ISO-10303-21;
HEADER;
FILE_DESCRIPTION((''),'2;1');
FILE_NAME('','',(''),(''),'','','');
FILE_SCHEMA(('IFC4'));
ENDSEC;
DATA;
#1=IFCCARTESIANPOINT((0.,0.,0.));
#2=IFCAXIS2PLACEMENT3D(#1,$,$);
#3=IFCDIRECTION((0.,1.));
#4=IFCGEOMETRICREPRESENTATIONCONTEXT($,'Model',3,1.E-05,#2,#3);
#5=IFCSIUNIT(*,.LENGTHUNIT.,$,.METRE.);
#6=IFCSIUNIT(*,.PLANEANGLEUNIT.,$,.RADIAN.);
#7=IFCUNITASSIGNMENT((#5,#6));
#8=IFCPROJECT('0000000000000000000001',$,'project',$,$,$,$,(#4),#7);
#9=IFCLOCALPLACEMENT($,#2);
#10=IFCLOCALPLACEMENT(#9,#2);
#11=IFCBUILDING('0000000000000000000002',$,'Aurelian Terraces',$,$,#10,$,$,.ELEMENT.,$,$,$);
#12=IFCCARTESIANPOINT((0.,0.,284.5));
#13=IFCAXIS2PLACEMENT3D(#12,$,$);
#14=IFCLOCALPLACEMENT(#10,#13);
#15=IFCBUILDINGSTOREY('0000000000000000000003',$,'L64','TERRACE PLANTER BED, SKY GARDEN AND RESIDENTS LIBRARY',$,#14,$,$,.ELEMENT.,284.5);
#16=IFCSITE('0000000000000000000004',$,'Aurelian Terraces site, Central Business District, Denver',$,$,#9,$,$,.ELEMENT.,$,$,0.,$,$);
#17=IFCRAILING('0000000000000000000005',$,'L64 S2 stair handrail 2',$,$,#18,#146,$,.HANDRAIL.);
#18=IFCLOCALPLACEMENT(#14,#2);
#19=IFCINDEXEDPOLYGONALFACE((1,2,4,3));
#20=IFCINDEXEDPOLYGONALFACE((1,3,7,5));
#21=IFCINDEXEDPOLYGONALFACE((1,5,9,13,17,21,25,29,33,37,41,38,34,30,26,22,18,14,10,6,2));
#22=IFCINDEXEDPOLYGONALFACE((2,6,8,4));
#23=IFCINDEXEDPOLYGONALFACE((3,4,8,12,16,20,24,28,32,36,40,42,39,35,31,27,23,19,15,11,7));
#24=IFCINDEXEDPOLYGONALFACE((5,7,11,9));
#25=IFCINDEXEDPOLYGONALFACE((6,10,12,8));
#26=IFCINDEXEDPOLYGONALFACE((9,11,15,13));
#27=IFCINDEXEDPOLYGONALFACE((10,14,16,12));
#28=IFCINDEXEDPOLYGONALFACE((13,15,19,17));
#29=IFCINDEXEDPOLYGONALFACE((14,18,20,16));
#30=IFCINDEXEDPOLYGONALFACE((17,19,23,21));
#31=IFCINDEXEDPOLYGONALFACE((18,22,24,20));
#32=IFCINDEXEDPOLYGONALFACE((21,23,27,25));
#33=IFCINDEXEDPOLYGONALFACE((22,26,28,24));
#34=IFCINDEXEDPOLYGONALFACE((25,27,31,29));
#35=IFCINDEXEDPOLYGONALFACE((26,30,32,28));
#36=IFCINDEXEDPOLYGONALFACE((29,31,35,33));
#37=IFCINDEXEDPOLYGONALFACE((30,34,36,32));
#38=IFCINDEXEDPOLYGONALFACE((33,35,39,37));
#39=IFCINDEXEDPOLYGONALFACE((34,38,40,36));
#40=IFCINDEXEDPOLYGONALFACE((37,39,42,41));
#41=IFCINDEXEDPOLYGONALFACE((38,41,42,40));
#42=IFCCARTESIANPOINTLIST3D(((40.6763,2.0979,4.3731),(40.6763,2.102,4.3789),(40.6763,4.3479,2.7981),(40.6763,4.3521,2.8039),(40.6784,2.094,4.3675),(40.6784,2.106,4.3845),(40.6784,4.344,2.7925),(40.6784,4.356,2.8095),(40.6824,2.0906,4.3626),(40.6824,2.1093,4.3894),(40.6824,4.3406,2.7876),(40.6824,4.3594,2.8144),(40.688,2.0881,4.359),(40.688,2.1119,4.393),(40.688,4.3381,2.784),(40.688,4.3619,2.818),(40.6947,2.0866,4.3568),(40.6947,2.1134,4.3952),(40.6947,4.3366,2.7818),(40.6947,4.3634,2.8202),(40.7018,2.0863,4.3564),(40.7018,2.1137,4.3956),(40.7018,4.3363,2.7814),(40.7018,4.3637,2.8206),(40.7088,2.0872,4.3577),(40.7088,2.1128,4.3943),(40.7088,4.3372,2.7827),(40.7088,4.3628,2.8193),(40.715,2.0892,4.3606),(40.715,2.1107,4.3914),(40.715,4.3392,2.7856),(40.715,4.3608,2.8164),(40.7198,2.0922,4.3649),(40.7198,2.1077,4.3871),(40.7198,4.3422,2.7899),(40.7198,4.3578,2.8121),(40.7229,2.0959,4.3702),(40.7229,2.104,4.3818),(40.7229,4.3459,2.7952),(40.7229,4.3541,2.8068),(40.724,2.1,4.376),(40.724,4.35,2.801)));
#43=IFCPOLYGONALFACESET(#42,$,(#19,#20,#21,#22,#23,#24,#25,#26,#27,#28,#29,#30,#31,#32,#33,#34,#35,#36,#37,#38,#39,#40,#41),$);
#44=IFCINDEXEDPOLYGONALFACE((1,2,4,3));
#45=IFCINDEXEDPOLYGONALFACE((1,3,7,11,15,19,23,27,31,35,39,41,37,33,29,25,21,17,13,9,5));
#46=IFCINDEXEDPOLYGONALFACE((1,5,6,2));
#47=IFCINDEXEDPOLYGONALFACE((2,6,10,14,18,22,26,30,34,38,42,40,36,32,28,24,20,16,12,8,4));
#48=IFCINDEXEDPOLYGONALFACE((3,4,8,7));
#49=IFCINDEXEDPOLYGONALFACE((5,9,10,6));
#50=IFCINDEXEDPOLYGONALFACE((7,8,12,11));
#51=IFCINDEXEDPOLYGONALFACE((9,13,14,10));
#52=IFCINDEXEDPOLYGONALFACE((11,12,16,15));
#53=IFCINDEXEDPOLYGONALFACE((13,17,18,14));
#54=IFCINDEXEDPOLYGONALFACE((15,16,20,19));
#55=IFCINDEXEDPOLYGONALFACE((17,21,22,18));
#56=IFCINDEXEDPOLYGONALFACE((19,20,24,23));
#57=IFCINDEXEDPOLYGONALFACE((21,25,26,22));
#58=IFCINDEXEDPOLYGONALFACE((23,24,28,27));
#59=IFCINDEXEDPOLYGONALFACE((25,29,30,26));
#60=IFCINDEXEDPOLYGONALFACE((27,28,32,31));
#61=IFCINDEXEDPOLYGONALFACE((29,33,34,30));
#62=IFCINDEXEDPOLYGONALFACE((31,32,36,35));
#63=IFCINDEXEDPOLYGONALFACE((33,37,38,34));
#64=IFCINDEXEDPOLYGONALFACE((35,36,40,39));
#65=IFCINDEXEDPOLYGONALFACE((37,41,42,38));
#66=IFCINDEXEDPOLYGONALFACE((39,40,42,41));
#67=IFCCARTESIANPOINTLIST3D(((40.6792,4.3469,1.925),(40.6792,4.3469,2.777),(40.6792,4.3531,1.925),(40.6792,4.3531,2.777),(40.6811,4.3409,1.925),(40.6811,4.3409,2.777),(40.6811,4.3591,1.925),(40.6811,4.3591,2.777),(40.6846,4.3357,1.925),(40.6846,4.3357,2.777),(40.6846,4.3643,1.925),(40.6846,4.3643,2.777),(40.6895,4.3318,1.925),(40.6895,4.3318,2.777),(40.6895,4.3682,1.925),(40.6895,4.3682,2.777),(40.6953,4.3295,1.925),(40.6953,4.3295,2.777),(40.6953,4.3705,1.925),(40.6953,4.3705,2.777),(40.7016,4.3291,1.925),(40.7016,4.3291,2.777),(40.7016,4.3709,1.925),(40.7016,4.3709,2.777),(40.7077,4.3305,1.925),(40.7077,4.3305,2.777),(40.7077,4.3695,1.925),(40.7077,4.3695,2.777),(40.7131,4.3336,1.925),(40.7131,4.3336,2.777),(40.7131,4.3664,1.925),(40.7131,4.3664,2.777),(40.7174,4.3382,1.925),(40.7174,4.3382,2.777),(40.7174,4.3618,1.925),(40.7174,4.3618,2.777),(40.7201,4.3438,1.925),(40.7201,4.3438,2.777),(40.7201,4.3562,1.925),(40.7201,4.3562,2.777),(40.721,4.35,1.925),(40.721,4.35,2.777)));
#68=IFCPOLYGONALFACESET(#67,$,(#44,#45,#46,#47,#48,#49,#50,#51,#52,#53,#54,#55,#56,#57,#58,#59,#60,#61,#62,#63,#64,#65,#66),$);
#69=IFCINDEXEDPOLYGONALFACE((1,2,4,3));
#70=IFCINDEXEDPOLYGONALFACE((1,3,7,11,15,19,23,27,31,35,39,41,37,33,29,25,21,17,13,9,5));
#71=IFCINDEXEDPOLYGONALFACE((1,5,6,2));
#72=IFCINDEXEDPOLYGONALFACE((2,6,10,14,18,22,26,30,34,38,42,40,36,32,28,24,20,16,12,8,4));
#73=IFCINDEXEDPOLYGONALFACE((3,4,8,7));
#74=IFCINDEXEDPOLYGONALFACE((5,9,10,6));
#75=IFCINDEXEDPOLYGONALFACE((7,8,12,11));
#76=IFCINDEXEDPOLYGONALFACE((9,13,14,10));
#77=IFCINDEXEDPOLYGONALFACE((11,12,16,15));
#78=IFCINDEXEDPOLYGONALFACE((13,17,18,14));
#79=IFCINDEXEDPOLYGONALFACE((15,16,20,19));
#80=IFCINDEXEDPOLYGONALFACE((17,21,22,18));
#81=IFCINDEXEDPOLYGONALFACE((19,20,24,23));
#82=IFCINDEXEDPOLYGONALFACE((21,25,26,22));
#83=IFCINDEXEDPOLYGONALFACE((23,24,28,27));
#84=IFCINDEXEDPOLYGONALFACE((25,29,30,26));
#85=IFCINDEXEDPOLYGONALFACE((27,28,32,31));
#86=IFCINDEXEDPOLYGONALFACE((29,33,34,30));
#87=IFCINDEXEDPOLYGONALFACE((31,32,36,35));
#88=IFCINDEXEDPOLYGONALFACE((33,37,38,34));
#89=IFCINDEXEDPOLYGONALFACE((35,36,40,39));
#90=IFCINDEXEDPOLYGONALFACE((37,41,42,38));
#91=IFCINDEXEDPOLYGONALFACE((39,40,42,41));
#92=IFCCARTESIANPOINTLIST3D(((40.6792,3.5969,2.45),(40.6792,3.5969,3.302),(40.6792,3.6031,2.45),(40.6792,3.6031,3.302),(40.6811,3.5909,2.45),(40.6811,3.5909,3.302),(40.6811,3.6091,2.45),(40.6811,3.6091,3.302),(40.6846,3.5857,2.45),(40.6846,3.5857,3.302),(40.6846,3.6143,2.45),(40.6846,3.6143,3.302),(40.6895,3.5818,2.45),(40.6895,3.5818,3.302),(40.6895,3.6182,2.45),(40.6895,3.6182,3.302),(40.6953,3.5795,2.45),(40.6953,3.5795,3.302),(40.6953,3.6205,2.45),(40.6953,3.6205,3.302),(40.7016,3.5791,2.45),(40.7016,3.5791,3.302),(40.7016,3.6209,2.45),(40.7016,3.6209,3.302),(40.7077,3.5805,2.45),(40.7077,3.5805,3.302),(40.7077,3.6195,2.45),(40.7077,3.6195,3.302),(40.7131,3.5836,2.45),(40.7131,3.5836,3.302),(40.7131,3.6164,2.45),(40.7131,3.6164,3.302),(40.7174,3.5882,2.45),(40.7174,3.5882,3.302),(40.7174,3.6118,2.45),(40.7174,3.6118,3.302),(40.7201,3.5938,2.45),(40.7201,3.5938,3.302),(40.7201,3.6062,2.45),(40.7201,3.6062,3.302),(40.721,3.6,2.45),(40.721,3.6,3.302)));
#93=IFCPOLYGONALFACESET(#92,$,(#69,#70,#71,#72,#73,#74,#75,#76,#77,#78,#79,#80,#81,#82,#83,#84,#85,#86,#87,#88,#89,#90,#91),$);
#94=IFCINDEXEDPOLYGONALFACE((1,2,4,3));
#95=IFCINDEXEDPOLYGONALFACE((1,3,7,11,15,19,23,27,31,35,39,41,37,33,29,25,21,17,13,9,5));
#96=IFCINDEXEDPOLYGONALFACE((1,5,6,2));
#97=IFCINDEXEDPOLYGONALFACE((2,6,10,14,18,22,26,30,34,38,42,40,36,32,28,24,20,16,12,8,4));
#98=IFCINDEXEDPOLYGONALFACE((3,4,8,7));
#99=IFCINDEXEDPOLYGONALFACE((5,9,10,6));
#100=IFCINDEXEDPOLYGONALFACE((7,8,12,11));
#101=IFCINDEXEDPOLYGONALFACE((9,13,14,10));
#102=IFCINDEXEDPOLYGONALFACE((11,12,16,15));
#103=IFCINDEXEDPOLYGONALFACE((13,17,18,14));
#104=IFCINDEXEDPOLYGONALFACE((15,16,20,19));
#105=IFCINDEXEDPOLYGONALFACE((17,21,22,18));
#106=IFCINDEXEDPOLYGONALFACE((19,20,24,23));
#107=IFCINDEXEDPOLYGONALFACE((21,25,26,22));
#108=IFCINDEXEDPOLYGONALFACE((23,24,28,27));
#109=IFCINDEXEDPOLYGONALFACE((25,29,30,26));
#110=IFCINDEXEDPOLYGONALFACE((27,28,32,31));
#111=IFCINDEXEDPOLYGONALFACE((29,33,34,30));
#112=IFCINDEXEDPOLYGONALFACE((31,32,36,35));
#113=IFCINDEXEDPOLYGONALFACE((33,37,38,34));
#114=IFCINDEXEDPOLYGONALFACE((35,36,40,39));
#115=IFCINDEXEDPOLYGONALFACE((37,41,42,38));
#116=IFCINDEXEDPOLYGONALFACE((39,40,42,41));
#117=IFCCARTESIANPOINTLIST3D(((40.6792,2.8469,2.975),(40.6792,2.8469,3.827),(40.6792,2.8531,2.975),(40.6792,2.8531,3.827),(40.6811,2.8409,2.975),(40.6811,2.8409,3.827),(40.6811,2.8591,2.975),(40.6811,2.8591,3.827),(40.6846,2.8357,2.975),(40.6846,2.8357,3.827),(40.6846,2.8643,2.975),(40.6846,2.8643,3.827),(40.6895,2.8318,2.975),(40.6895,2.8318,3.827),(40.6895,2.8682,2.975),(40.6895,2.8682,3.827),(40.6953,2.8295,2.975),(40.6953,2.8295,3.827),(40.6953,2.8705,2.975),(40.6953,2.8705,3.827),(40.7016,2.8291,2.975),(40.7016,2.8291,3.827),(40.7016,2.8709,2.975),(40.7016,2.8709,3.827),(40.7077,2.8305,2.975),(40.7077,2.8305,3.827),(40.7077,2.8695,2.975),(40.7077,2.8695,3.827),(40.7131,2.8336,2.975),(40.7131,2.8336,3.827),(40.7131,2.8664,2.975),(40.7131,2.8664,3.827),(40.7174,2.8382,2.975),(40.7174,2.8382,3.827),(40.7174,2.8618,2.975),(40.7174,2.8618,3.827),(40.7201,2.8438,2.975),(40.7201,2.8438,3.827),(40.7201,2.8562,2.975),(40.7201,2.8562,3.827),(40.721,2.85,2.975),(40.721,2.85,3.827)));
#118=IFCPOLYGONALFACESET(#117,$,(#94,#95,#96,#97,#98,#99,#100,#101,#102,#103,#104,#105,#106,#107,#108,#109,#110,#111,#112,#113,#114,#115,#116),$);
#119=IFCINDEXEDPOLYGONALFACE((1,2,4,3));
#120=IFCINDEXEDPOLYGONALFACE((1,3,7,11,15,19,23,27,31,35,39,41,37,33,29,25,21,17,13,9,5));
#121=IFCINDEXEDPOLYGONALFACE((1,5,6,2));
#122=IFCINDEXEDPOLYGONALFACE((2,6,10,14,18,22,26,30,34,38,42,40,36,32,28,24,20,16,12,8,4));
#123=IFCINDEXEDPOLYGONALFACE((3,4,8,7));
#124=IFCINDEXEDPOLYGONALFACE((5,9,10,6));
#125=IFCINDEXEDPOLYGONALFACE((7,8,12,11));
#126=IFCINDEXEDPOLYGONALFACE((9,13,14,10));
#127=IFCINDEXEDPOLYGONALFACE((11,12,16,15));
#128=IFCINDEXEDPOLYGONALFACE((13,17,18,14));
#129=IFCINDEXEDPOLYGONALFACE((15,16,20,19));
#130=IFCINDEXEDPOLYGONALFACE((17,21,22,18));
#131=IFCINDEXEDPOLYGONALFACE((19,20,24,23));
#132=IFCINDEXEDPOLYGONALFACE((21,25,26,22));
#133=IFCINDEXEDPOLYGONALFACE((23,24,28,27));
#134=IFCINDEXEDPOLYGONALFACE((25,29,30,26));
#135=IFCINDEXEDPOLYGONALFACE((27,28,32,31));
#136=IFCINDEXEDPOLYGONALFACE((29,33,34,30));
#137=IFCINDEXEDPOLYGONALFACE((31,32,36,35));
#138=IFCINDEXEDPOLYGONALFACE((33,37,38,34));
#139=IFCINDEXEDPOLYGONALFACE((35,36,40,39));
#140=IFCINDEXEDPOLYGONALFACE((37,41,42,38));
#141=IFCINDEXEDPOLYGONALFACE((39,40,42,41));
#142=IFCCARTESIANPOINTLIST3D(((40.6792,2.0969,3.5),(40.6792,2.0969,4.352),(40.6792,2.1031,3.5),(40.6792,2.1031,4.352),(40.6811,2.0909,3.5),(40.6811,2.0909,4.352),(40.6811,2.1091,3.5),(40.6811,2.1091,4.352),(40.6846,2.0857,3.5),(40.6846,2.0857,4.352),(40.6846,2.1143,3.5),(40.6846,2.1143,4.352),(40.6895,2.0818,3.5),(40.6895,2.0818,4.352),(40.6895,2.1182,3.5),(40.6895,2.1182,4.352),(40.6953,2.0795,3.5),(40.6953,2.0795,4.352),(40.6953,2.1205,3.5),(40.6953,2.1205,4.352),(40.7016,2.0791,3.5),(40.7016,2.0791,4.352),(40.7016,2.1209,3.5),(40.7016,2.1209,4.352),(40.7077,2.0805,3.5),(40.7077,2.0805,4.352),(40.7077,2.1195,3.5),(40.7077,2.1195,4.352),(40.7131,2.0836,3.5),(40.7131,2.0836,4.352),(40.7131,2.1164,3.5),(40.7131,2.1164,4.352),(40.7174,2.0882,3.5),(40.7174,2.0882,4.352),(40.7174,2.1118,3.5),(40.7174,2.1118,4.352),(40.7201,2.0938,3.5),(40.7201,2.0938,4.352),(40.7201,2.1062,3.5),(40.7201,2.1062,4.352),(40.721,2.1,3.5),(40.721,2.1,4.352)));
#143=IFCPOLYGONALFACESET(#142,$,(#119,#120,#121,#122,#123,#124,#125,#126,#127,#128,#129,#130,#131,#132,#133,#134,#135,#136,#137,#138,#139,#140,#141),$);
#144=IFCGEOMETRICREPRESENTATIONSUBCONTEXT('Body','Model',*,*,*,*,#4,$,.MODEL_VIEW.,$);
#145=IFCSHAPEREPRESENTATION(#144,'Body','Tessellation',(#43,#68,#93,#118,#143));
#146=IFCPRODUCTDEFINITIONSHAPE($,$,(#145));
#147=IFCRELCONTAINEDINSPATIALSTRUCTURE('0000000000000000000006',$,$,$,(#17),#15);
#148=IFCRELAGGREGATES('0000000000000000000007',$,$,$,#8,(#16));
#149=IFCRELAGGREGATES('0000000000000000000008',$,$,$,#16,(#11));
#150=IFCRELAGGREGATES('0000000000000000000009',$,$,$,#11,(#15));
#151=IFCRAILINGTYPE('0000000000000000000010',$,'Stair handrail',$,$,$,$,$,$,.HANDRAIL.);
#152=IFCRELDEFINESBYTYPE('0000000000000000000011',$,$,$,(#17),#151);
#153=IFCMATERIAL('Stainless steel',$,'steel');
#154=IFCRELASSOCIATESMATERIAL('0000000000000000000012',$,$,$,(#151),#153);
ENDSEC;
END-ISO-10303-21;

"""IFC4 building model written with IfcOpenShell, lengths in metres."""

from ifc_helpers import new_model, si_unit, direction, frame, origin, origin_2d, place, context, subcontext, project, spatial, circle, extrude, source, transform, mapped, material, type_object, element, save


model = new_model("IFC4")

# Units and contexts
model_context = context("Model", 3, precision=1e-05, world=origin(), true_north=direction((0.0, 1.0)))
body_context = subcontext(model_context, "Body", "Model", "MODEL_VIEW")
ifc_project = project(units=[si_unit("LENGTHUNIT", "METRE"), si_unit("PLANEANGLEUNIT", "RADIAN")], contexts=[model_context])

# Site, building, storey
site_placement = place(None, origin())
site = spatial("IfcSite", under=ifc_project, at=site_placement, Name="Aurelian Terraces site, Central Business District, Denver", CompositionType="ELEMENT", RefElevation=0.0)
building_placement = place(site_placement, origin())
building = spatial("IfcBuilding", under=site, at=building_placement, Name="Aurelian Terraces", CompositionType="ELEMENT")
storey_placement = place(building_placement, frame((0.0, 0.0, 284.5)))
storey = spatial("IfcBuildingStorey", under=building, at=storey_placement, Name="L64", Description="TERRACE PLANTER BED, SKY GARDEN AND RESIDENTS LIBRARY", CompositionType="ELEMENT", Elevation=284.5)

# Railing
ifc_material_1 = material(Name="Stainless steel", Category="steel")
railing_type_1 = type_object("IfcRailingType", Name="Stair handrail", PredefinedType="HANDRAIL", material=ifc_material_1)
shared_shape_1 = source(origin(), body_context, "Body", "SweptSolid", [
    extrude(circle(Radius=0.024, at=origin_2d()), frame((0.0, 0.0, 0.876), z_axis=(0.0, -0.819232, 0.573462), x_axis=(1.0, 0.0, 0.0)), (0.0, 0.0, 1.0), 2.7465),
    extrude(circle(Radius=0.021, at=origin_2d()), origin(), (0.0, 0.0, 1.0), 0.852),
    extrude(circle(Radius=0.021, at=origin_2d()), frame((0.0, -0.75, 0.525)), (0.0, 0.0, 1.0), 0.852),
    extrude(circle(Radius=0.021, at=origin_2d()), frame((0.0, -1.5, 1.05)), (0.0, 0.0, 1.0), 0.852),
    extrude(circle(Radius=0.021, at=origin_2d()), frame((0.0, -2.25, 1.575)), (0.0, 0.0, 1.0), 0.852),
])
railing_1_placement = place(storey_placement, frame((40.7, 4.35, 1.925)))
element("IfcRailing", 1, at=railing_1_placement, inside=storey, type_object=railing_type_1, Name="L64 S2 stair handrail 2", PredefinedType="HANDRAIL", context=body_context, shape_type="MappedRepresentation", body=[
    mapped(shared_shape_1, transform((0.0, 0.0, 0.0), scale=1.0)),
])

save(model, "model.ifc")
